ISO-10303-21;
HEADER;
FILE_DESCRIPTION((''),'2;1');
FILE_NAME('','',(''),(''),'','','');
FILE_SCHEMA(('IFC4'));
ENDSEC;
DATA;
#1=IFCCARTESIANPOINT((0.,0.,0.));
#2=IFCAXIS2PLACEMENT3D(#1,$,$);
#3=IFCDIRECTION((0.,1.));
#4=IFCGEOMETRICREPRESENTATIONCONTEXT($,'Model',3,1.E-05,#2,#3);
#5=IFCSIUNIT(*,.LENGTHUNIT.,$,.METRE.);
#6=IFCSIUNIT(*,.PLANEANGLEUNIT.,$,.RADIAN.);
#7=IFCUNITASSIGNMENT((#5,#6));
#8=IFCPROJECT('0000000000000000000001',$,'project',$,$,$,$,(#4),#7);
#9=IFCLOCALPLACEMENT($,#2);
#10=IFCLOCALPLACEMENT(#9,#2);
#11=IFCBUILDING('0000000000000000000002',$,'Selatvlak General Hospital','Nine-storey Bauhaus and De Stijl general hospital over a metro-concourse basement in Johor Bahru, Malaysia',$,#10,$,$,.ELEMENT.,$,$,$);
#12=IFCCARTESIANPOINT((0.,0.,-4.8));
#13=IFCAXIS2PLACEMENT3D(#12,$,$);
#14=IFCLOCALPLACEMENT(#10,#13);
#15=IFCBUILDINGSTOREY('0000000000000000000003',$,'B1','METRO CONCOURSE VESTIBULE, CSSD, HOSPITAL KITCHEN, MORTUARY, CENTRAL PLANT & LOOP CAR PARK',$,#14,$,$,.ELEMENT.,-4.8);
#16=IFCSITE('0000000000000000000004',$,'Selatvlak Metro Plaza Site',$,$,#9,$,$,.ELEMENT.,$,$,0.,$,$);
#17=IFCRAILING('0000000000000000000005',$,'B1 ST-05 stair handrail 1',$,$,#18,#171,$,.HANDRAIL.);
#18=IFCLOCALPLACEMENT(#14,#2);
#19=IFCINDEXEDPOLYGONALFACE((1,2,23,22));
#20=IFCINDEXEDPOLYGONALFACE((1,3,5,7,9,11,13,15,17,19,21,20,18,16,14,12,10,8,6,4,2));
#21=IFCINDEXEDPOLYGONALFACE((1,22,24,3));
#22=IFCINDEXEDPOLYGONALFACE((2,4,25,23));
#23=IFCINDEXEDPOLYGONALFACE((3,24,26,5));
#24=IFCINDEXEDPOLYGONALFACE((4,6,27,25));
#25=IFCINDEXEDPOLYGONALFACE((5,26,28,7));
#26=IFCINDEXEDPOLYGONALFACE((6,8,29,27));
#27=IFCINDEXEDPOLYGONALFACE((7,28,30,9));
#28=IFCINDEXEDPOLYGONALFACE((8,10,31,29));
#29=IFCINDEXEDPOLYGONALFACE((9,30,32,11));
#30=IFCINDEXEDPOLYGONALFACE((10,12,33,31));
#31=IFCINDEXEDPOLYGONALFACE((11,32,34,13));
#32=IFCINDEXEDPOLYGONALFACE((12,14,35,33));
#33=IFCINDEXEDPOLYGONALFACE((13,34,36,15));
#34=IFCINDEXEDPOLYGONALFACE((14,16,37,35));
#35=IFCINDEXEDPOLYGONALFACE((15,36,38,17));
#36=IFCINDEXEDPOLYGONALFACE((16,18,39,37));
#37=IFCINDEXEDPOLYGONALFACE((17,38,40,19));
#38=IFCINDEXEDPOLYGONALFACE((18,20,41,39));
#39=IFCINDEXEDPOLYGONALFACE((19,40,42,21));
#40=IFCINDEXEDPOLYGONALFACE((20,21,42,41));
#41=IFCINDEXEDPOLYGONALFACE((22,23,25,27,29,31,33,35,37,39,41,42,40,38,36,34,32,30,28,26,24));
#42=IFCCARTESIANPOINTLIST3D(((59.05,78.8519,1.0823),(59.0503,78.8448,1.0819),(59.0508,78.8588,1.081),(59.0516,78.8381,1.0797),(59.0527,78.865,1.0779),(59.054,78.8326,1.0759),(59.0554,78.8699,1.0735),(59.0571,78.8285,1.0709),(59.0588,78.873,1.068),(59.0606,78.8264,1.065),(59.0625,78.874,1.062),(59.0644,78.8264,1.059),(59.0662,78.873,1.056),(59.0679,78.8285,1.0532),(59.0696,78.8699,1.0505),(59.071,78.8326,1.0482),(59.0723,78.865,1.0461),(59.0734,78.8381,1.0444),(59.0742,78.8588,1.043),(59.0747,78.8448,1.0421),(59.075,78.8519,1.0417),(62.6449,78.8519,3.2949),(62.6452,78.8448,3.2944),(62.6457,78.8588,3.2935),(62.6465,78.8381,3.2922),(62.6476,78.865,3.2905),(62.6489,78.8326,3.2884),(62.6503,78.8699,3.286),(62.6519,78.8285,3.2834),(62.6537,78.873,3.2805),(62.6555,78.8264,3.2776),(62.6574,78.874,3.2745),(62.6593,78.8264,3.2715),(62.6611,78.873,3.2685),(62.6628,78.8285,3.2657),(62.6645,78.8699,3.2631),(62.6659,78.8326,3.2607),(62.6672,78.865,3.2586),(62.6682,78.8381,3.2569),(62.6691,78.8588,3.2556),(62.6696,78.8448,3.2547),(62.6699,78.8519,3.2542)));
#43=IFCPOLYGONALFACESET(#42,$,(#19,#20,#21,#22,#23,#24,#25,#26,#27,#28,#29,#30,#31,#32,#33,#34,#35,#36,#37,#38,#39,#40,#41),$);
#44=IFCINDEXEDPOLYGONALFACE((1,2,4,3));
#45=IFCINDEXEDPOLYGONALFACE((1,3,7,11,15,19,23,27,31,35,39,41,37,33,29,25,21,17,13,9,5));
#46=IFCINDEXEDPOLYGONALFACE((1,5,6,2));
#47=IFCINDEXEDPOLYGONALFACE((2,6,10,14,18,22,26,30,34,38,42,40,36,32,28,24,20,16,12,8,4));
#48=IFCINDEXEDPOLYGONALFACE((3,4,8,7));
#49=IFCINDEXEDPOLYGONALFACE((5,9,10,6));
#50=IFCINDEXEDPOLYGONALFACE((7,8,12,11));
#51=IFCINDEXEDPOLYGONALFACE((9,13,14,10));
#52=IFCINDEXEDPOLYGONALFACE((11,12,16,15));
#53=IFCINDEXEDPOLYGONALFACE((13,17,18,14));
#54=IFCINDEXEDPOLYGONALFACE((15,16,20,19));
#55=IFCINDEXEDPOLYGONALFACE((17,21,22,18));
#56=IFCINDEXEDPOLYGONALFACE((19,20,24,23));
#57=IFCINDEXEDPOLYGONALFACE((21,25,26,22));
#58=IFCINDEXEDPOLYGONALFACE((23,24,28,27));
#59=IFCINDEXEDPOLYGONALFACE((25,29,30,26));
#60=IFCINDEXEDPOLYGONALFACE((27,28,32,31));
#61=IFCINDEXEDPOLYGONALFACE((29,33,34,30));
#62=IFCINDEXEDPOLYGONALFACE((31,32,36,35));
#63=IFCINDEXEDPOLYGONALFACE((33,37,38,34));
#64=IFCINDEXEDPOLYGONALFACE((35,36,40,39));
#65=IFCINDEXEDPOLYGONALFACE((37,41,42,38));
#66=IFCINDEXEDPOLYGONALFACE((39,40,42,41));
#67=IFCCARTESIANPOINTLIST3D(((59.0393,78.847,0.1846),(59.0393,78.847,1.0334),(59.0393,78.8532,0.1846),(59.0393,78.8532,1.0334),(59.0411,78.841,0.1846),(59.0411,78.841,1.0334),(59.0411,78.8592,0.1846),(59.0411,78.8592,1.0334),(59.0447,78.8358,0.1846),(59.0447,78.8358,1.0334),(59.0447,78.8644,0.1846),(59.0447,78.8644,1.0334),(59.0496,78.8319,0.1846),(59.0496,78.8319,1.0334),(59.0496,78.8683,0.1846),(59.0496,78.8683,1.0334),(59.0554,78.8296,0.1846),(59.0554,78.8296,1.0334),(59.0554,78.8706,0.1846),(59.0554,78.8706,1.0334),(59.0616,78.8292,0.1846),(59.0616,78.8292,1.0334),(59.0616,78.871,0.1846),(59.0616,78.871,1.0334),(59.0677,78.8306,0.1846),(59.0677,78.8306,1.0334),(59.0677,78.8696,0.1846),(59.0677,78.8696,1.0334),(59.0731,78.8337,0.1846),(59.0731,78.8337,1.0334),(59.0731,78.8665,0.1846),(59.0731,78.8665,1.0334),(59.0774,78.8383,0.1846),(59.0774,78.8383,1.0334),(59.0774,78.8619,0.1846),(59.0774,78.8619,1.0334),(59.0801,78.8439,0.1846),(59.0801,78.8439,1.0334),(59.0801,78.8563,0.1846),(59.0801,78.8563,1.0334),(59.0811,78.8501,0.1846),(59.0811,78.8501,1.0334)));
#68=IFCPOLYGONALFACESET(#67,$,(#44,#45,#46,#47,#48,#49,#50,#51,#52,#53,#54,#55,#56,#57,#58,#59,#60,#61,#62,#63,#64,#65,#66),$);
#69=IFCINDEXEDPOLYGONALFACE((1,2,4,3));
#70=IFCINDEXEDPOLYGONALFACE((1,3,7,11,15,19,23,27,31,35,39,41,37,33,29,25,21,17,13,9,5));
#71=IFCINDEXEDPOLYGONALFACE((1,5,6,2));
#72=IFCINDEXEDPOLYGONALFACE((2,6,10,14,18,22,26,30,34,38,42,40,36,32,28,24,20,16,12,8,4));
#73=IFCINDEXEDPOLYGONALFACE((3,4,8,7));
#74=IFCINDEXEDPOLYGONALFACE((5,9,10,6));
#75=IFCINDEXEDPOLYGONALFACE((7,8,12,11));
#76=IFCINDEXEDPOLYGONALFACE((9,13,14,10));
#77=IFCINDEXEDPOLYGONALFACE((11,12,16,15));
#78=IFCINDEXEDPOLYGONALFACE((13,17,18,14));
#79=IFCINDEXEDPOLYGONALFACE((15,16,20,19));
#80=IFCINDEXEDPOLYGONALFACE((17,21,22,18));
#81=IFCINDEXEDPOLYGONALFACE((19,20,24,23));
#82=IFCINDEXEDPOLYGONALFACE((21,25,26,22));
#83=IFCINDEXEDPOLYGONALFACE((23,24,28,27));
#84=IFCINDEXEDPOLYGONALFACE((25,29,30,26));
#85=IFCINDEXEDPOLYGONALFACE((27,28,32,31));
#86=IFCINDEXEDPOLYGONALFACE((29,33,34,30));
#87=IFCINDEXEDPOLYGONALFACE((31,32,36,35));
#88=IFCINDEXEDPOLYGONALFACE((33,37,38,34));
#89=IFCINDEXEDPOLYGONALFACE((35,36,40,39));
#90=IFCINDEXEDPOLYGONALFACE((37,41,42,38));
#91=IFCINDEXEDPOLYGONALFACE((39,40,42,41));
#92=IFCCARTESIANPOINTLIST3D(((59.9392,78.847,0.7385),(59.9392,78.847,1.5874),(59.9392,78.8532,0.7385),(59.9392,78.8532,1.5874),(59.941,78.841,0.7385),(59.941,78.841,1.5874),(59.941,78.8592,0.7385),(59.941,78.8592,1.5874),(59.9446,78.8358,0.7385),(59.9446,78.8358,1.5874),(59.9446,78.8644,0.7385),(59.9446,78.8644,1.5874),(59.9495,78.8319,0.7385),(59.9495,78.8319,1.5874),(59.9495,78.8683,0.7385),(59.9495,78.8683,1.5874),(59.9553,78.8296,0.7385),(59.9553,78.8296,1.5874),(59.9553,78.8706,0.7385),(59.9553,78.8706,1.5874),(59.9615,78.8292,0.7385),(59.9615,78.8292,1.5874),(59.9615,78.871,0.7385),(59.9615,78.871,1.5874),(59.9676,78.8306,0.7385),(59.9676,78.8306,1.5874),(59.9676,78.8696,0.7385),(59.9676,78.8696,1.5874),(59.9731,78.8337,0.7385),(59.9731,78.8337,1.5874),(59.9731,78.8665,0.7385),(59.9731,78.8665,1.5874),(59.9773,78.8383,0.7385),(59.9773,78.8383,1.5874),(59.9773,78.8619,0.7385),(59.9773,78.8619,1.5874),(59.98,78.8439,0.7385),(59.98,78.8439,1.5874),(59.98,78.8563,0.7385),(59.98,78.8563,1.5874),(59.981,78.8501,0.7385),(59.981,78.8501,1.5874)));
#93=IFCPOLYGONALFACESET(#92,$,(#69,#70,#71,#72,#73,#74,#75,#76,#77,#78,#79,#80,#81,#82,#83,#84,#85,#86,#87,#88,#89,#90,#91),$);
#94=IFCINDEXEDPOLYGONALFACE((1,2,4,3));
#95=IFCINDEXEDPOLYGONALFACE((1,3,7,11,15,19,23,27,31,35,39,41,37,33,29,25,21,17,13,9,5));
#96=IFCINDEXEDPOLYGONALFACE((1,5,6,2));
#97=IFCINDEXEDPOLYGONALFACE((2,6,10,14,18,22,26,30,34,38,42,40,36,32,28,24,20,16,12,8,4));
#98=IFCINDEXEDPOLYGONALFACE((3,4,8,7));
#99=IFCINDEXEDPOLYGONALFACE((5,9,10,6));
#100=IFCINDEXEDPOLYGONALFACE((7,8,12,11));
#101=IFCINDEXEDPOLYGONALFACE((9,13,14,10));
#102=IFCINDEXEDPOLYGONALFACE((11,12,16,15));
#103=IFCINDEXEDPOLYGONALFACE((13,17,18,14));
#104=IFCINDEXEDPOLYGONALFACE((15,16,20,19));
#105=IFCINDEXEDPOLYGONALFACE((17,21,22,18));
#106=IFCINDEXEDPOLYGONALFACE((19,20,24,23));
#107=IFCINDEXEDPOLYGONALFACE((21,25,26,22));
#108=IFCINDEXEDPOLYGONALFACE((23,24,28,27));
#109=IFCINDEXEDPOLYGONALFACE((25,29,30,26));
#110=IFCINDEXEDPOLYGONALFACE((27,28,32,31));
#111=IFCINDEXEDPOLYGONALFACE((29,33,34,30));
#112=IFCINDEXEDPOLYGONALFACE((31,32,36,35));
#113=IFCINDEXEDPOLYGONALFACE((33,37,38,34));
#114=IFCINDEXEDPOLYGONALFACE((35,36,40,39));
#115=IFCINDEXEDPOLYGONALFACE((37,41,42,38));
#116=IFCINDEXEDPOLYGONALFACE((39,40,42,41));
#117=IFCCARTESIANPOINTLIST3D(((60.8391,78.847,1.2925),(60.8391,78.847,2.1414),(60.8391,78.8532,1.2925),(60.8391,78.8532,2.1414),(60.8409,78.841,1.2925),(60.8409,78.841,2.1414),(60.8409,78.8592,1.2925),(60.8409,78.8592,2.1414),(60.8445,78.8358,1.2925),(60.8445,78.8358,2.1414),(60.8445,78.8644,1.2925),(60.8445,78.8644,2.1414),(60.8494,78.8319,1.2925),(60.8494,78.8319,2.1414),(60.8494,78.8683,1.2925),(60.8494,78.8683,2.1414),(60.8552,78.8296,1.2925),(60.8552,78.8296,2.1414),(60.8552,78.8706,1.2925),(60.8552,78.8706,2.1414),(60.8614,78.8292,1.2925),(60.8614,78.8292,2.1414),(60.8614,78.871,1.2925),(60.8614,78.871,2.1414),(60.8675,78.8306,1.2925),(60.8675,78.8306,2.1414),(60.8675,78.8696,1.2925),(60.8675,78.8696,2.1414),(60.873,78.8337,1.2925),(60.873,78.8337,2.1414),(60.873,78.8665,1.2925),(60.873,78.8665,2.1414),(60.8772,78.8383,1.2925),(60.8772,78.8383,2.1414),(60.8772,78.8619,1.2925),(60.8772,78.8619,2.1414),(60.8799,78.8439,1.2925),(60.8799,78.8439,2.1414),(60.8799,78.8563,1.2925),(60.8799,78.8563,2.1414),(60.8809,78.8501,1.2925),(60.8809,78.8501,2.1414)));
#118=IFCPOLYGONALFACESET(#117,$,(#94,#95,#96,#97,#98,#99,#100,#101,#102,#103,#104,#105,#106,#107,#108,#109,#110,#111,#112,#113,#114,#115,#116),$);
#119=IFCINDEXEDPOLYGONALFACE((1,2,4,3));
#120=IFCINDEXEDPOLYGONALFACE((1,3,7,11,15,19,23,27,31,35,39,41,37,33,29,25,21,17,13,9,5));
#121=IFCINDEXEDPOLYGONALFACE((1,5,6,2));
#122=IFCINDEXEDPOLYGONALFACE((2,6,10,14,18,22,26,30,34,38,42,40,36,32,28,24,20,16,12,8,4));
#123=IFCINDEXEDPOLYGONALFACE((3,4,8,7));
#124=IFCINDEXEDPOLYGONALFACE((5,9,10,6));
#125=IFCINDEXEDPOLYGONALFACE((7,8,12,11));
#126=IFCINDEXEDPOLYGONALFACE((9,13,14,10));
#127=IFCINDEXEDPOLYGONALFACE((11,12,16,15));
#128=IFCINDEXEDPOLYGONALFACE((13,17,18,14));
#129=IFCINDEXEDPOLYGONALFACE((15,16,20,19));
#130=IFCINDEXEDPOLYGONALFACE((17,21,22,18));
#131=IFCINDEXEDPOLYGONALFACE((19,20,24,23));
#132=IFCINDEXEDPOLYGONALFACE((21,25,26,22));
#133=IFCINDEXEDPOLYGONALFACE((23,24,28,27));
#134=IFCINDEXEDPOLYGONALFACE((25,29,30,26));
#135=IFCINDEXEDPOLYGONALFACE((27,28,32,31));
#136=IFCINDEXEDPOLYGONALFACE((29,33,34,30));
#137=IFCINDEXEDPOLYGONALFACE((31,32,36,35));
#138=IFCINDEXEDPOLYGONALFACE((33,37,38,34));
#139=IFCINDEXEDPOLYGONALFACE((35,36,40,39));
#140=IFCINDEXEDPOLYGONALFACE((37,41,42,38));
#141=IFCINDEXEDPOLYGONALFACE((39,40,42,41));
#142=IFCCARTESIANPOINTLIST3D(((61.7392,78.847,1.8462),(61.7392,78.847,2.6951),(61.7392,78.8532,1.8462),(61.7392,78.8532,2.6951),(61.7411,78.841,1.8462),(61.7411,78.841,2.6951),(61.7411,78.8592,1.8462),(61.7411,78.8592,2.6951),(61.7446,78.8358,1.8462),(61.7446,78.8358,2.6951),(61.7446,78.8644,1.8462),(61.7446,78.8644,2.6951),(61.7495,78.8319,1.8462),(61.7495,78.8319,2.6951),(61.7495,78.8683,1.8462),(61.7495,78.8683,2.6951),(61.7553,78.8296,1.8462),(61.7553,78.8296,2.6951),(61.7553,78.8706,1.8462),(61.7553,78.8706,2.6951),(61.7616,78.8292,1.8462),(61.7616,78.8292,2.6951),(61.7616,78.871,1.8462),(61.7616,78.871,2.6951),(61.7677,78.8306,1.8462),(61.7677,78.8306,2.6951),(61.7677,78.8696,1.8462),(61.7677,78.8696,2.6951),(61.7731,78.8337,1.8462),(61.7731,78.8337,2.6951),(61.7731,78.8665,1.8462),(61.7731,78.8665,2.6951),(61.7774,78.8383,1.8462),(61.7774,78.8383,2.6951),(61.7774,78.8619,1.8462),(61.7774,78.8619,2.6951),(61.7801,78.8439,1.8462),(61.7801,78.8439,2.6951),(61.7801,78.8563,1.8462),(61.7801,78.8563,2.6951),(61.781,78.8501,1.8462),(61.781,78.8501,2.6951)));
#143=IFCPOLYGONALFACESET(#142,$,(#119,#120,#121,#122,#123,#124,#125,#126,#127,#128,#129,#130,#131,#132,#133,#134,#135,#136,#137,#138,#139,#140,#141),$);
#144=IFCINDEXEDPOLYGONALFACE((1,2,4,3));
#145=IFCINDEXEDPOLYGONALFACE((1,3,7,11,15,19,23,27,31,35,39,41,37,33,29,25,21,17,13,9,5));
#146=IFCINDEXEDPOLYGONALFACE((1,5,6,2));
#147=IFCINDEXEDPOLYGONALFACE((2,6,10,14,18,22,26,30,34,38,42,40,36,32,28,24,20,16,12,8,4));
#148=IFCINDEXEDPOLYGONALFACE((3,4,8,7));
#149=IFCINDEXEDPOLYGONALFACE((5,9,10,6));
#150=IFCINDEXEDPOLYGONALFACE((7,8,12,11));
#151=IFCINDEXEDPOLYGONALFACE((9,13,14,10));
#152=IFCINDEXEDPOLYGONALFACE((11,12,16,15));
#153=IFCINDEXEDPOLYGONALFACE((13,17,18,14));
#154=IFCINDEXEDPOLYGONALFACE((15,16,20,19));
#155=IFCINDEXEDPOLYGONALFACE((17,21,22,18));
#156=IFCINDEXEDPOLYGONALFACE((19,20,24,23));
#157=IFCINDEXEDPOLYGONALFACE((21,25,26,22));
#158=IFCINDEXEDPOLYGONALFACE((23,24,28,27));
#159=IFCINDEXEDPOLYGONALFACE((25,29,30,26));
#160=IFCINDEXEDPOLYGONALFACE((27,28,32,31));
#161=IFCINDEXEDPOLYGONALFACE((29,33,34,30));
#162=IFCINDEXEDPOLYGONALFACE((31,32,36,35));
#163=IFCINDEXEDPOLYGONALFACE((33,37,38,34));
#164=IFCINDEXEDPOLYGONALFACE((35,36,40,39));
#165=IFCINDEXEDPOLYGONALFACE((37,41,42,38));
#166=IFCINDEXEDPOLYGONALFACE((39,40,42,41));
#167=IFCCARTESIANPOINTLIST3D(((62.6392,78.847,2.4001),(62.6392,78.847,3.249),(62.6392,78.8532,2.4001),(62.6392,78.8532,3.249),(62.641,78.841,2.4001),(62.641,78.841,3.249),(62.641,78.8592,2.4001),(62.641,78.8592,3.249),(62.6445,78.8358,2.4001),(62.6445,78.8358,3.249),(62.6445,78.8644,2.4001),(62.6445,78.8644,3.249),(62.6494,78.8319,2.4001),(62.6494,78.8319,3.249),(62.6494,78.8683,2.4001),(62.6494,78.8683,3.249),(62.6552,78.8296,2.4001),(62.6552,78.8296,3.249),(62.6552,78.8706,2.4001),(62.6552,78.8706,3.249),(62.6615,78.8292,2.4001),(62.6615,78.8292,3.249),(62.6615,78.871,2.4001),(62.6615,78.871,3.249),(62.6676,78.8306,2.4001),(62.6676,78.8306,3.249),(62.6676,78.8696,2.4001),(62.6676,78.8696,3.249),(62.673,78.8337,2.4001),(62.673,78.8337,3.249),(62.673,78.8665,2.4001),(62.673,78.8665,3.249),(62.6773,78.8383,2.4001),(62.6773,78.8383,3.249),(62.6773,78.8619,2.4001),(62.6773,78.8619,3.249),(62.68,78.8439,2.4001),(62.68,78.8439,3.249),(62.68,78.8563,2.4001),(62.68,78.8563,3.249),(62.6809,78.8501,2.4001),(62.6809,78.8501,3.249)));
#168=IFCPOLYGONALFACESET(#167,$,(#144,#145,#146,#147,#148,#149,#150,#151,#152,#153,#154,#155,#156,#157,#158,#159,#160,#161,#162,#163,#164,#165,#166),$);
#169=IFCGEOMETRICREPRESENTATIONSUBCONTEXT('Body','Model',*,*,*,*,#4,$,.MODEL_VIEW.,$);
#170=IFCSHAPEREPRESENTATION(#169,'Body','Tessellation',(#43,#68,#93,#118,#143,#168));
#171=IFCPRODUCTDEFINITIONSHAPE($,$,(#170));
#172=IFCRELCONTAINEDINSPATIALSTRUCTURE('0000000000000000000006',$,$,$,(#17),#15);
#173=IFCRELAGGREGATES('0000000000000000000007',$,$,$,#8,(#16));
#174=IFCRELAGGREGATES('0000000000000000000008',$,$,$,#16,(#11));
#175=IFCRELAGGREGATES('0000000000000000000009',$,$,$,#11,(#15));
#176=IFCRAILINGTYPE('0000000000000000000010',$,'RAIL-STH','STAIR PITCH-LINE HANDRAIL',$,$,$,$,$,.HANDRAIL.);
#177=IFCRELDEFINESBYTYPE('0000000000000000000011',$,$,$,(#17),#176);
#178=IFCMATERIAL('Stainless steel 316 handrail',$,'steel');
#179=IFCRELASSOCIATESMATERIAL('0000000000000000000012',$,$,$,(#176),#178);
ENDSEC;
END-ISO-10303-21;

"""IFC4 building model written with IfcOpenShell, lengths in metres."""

from ifc_helpers import new_model, si_unit, direction, frame, origin, origin_2d, place, context, subcontext, project, spatial, circle, extrude, material, type_object, element, save


model = new_model("IFC4")

# Units and contexts
model_context = context("Model", 3, precision=1e-05, world=origin(), true_north=direction((0.0, 1.0)))
body_context = subcontext(model_context, "Body", "Model", "MODEL_VIEW")
ifc_project = project(units=[si_unit("LENGTHUNIT", "METRE"), si_unit("PLANEANGLEUNIT", "RADIAN")], contexts=[model_context])

# Site, building, storey
site_placement = place(None, origin())
site = spatial("IfcSite", under=ifc_project, at=site_placement, Name="Selatvlak Metro Plaza Site", CompositionType="ELEMENT", RefElevation=0.0)
building_placement = place(site_placement, origin())
building = spatial("IfcBuilding", under=site, at=building_placement, Name="Selatvlak General Hospital", Description="Nine-storey Bauhaus and De Stijl general hospital over a metro-concourse basement in Johor Bahru, Malaysia", CompositionType="ELEMENT")
storey_placement = place(building_placement, frame((0.0, 0.0, -4.8)))
storey = spatial("IfcBuildingStorey", under=building, at=storey_placement, Name="B1", Description="METRO CONCOURSE VESTIBULE, CSSD, HOSPITAL KITCHEN, MORTUARY, CENTRAL PLANT & LOOP CAR PARK", CompositionType="ELEMENT", Elevation=-4.8)

# Railing
ifc_material_1 = material(Name="Stainless steel 316 handrail", Category="steel")
railing_type_1 = type_object("IfcRailingType", Name="RAIL-STH", Description="STAIR PITCH-LINE HANDRAIL", PredefinedType="HANDRAIL", material=ifc_material_1)
railing_1_placement = place(storey_placement, frame((59.0601, 78.8501, 0.1846)))
element("IfcRailing", 1, at=railing_1_placement, inside=storey, type_object=railing_type_1, Name="B1 ST-05 stair handrail 1", PredefinedType="HANDRAIL", context=body_context, shape_type="SweptSolid", body=[
    extrude(circle(Radius=0.0239, at=origin_2d()), frame((0.0024, 0.0, 0.8774), z_axis=(0.851629, 0.0, 0.524146), x_axis=(0.0, 1.0, 0.0)), (0.0, 0.0, 1.0), 4.2212),
    extrude(circle(Radius=0.021, at=origin_2d()), origin(), (0.0, 0.0, 1.0), 0.8489),
    extrude(circle(Radius=0.021, at=origin_2d()), frame((0.8999, 0.0, 0.554)), (0.0, 0.0, 1.0), 0.8489),
    extrude(circle(Radius=0.021, at=origin_2d()), frame((1.7998, 0.0, 1.1079)), (0.0, 0.0, 1.0), 0.8489),
    extrude(circle(Radius=0.021, at=origin_2d()), frame((2.7, 0.0, 1.6616)), (0.0, 0.0, 1.0), 0.8489),
    extrude(circle(Radius=0.021, at=origin_2d()), frame((3.5999, 0.0, 2.2156)), (0.0, 0.0, 1.0), 0.8489),
])

save(model, "model.ifc")
